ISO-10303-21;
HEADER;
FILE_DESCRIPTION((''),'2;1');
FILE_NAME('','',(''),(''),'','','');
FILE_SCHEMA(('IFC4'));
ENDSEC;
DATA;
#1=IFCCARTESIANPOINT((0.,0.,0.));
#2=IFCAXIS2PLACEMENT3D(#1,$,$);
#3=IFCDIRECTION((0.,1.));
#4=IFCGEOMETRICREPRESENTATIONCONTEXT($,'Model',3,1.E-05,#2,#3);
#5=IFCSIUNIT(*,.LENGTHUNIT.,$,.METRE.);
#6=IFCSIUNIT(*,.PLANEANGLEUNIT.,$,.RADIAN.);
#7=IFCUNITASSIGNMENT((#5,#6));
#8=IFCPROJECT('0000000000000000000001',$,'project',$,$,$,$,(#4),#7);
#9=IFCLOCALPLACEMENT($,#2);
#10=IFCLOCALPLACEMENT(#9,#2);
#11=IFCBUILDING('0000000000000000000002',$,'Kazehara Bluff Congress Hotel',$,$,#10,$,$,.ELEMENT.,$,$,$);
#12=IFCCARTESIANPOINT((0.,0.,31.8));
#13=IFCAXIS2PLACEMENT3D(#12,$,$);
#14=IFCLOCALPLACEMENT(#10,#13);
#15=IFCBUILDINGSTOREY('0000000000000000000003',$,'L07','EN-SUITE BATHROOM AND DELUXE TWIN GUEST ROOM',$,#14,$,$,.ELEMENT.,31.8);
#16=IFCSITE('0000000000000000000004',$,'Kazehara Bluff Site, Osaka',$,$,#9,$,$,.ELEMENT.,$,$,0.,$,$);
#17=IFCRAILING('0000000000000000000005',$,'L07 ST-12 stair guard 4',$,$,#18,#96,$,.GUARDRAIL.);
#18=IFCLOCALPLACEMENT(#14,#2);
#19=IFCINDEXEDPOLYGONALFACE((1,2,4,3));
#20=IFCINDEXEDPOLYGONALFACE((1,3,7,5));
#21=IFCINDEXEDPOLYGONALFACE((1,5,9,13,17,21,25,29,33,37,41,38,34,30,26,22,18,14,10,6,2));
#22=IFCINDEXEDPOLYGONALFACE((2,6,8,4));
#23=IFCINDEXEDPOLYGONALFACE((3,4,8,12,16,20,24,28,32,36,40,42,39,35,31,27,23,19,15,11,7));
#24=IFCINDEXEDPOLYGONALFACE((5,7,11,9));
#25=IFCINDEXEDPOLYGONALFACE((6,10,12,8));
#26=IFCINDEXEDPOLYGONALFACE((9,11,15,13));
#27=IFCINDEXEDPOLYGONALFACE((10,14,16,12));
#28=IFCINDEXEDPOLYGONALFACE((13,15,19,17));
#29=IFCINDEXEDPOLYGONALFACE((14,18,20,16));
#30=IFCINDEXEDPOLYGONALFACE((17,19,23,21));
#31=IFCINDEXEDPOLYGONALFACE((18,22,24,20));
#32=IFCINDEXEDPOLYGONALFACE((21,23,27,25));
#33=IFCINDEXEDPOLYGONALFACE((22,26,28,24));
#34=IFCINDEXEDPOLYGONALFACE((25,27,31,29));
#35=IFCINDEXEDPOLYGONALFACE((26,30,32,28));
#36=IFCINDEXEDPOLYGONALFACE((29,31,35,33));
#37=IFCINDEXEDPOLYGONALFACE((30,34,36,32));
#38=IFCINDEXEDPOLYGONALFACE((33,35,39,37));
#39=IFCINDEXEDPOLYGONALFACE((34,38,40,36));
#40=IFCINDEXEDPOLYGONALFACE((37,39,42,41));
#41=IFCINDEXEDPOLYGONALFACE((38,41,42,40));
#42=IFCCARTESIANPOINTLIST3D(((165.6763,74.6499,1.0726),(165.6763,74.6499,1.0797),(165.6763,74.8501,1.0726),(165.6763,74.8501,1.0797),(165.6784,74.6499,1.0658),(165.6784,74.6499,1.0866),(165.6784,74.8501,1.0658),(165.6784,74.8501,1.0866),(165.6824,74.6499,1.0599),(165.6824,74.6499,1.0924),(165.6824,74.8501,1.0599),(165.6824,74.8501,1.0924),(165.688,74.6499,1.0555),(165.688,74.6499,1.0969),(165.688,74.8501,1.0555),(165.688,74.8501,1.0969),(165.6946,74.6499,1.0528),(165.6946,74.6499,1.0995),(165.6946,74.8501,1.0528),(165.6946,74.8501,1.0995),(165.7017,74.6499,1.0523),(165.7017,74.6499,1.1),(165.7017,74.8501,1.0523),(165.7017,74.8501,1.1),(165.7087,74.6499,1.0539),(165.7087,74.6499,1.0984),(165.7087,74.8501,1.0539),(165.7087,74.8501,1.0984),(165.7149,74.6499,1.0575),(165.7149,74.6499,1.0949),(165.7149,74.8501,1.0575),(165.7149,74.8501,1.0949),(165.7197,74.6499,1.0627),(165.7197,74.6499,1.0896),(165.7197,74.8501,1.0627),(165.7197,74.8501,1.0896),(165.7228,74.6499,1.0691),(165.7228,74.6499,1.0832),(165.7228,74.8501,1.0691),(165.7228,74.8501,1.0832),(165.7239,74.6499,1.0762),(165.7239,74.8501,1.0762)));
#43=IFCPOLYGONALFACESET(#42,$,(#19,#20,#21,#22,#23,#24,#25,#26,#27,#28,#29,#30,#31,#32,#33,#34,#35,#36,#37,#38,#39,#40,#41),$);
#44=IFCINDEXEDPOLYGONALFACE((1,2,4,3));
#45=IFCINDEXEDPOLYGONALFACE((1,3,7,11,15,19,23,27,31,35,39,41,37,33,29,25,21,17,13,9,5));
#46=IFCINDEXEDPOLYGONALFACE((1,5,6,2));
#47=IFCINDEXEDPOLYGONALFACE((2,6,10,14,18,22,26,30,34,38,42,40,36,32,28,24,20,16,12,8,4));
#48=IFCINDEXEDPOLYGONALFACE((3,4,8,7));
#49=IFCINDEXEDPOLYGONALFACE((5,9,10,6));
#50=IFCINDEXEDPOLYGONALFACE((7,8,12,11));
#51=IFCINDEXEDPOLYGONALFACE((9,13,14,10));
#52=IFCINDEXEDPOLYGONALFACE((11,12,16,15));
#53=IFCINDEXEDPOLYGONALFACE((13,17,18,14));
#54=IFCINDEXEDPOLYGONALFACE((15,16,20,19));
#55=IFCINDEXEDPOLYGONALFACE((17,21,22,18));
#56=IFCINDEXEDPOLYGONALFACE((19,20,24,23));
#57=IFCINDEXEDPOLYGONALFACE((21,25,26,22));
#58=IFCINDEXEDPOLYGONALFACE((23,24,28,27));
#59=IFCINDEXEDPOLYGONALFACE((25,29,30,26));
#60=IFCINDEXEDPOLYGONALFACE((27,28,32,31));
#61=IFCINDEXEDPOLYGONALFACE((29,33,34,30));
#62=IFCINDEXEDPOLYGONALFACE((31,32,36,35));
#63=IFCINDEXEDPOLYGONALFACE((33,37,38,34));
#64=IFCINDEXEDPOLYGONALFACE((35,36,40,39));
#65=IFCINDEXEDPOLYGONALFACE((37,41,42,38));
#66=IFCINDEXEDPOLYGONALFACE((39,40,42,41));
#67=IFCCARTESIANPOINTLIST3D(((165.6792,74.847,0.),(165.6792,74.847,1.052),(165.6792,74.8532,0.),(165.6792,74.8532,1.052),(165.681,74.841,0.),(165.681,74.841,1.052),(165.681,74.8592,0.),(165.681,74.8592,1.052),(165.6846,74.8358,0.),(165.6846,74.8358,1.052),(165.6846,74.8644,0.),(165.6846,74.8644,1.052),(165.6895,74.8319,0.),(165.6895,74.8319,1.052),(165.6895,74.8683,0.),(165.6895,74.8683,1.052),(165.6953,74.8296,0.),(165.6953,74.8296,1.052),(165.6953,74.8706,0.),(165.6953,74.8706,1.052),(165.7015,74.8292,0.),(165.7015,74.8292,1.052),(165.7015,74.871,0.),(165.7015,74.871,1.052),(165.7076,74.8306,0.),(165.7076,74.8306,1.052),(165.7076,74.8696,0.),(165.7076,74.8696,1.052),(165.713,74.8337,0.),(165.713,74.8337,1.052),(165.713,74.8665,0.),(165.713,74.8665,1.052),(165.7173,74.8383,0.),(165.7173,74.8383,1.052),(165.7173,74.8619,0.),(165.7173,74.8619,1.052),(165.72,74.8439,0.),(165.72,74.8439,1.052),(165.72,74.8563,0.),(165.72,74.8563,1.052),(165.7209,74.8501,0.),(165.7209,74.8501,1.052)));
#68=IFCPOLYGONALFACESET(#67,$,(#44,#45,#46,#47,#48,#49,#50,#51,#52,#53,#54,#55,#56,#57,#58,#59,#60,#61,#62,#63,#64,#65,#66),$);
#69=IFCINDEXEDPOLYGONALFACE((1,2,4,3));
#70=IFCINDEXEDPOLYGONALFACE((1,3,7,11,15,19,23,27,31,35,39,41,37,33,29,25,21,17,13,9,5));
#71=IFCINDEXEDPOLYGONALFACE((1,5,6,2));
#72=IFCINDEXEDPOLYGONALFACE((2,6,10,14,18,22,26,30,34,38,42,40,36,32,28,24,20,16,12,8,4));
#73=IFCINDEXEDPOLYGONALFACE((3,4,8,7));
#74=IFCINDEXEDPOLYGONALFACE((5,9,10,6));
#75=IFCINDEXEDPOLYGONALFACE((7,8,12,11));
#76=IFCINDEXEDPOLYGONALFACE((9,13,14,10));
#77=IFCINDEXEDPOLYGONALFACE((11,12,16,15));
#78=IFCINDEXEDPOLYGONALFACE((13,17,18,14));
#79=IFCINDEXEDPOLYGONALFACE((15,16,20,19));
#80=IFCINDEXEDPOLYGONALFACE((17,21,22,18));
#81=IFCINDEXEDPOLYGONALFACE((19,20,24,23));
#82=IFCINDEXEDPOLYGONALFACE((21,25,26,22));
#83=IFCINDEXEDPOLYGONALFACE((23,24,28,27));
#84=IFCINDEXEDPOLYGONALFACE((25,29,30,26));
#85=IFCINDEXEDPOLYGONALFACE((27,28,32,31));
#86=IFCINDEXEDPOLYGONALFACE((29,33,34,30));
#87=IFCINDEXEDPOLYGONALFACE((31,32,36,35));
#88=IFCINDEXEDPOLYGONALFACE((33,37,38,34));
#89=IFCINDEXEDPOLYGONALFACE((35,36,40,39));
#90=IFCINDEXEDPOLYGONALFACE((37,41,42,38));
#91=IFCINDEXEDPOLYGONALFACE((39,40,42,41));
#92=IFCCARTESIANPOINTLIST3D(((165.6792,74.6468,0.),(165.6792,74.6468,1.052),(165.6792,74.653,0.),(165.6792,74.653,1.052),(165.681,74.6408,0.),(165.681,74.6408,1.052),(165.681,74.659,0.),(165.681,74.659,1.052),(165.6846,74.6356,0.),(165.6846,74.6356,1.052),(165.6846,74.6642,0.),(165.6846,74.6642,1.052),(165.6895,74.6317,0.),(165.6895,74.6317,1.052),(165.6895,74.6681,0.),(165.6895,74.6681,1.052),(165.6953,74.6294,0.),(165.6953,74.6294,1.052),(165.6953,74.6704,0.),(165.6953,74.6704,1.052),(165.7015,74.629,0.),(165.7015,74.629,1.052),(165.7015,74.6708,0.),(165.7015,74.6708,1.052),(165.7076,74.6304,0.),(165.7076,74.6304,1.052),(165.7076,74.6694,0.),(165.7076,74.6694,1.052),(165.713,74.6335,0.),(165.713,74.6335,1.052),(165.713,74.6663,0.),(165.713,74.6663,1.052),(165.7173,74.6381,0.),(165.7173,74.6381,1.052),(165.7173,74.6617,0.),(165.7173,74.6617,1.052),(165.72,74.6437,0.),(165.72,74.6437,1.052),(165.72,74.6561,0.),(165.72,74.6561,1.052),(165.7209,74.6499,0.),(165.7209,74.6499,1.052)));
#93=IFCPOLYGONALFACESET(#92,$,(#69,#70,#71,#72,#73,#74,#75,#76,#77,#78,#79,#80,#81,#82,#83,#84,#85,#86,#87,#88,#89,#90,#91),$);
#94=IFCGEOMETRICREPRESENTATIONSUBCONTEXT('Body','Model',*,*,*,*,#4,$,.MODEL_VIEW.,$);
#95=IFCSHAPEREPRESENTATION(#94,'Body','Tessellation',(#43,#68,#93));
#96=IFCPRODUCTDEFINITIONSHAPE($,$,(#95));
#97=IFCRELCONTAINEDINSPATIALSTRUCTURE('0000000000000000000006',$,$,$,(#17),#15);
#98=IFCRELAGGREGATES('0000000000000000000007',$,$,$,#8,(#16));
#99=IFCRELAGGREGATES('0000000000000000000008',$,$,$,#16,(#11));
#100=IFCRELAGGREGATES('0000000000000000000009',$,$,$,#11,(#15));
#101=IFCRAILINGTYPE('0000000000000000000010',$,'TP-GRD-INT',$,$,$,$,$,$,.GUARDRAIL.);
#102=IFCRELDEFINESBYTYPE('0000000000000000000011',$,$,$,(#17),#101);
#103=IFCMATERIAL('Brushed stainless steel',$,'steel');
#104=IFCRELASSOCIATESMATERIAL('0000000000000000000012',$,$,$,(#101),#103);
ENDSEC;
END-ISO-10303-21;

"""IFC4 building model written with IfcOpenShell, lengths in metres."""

from ifc_helpers import new_model, si_unit, direction, frame, origin, origin_2d, place, context, subcontext, project, spatial, circle, extrude, material, type_object, element, save


model = new_model("IFC4")

# Units and contexts
model_context = context("Model", 3, precision=1e-05, world=origin(), true_north=direction((0.0, 1.0)))
body_context = subcontext(model_context, "Body", "Model", "MODEL_VIEW")
ifc_project = project(units=[si_unit("LENGTHUNIT", "METRE"), si_unit("PLANEANGLEUNIT", "RADIAN")], contexts=[model_context])

# Site, building, storey
site_placement = place(None, origin())
site = spatial("IfcSite", under=ifc_project, at=site_placement, Name="Kazehara Bluff Site, Osaka", CompositionType="ELEMENT", RefElevation=0.0)
building_placement = place(site_placement, origin())
building = spatial("IfcBuilding", under=site, at=building_placement, Name="Kazehara Bluff Congress Hotel", CompositionType="ELEMENT")
storey_placement = place(building_placement, frame((0.0, 0.0, 31.8)))
storey = spatial("IfcBuildingStorey", under=building, at=storey_placement, Name="L07", Description="EN-SUITE BATHROOM AND DELUXE TWIN GUEST ROOM", CompositionType="ELEMENT", Elevation=31.8)

# Railing
ifc_material_1 = material(Name="Brushed stainless steel", Category="steel")
railing_type_1 = type_object("IfcRailingType", Name="TP-GRD-INT", PredefinedType="GUARDRAIL", material=ifc_material_1)
railing_1_placement = place(storey_placement, frame((165.7, 74.8501, 0.0)))
element("IfcRailing", 1, at=railing_1_placement, inside=storey, type_object=railing_type_1, Name="L07 ST-12 stair guard 4", PredefinedType="GUARDRAIL", context=body_context, shape_type="SweptSolid", body=[
    extrude(circle(Radius=0.0239, at=origin_2d()), frame((0.0, 0.0, 1.0762), z_axis=(0.0, -1.0, 0.0), x_axis=(1.0, 0.0, 0.0)), (0.0, 0.0, 1.0), 0.2002),
    extrude(circle(Radius=0.021, at=origin_2d()), origin(), (0.0, 0.0, 1.0), 1.052),
    extrude(circle(Radius=0.021, at=origin_2d()), frame((0.0, -0.2002, 0.0)), (0.0, 0.0, 1.0), 1.052),
])

save(model, "model.ifc")
